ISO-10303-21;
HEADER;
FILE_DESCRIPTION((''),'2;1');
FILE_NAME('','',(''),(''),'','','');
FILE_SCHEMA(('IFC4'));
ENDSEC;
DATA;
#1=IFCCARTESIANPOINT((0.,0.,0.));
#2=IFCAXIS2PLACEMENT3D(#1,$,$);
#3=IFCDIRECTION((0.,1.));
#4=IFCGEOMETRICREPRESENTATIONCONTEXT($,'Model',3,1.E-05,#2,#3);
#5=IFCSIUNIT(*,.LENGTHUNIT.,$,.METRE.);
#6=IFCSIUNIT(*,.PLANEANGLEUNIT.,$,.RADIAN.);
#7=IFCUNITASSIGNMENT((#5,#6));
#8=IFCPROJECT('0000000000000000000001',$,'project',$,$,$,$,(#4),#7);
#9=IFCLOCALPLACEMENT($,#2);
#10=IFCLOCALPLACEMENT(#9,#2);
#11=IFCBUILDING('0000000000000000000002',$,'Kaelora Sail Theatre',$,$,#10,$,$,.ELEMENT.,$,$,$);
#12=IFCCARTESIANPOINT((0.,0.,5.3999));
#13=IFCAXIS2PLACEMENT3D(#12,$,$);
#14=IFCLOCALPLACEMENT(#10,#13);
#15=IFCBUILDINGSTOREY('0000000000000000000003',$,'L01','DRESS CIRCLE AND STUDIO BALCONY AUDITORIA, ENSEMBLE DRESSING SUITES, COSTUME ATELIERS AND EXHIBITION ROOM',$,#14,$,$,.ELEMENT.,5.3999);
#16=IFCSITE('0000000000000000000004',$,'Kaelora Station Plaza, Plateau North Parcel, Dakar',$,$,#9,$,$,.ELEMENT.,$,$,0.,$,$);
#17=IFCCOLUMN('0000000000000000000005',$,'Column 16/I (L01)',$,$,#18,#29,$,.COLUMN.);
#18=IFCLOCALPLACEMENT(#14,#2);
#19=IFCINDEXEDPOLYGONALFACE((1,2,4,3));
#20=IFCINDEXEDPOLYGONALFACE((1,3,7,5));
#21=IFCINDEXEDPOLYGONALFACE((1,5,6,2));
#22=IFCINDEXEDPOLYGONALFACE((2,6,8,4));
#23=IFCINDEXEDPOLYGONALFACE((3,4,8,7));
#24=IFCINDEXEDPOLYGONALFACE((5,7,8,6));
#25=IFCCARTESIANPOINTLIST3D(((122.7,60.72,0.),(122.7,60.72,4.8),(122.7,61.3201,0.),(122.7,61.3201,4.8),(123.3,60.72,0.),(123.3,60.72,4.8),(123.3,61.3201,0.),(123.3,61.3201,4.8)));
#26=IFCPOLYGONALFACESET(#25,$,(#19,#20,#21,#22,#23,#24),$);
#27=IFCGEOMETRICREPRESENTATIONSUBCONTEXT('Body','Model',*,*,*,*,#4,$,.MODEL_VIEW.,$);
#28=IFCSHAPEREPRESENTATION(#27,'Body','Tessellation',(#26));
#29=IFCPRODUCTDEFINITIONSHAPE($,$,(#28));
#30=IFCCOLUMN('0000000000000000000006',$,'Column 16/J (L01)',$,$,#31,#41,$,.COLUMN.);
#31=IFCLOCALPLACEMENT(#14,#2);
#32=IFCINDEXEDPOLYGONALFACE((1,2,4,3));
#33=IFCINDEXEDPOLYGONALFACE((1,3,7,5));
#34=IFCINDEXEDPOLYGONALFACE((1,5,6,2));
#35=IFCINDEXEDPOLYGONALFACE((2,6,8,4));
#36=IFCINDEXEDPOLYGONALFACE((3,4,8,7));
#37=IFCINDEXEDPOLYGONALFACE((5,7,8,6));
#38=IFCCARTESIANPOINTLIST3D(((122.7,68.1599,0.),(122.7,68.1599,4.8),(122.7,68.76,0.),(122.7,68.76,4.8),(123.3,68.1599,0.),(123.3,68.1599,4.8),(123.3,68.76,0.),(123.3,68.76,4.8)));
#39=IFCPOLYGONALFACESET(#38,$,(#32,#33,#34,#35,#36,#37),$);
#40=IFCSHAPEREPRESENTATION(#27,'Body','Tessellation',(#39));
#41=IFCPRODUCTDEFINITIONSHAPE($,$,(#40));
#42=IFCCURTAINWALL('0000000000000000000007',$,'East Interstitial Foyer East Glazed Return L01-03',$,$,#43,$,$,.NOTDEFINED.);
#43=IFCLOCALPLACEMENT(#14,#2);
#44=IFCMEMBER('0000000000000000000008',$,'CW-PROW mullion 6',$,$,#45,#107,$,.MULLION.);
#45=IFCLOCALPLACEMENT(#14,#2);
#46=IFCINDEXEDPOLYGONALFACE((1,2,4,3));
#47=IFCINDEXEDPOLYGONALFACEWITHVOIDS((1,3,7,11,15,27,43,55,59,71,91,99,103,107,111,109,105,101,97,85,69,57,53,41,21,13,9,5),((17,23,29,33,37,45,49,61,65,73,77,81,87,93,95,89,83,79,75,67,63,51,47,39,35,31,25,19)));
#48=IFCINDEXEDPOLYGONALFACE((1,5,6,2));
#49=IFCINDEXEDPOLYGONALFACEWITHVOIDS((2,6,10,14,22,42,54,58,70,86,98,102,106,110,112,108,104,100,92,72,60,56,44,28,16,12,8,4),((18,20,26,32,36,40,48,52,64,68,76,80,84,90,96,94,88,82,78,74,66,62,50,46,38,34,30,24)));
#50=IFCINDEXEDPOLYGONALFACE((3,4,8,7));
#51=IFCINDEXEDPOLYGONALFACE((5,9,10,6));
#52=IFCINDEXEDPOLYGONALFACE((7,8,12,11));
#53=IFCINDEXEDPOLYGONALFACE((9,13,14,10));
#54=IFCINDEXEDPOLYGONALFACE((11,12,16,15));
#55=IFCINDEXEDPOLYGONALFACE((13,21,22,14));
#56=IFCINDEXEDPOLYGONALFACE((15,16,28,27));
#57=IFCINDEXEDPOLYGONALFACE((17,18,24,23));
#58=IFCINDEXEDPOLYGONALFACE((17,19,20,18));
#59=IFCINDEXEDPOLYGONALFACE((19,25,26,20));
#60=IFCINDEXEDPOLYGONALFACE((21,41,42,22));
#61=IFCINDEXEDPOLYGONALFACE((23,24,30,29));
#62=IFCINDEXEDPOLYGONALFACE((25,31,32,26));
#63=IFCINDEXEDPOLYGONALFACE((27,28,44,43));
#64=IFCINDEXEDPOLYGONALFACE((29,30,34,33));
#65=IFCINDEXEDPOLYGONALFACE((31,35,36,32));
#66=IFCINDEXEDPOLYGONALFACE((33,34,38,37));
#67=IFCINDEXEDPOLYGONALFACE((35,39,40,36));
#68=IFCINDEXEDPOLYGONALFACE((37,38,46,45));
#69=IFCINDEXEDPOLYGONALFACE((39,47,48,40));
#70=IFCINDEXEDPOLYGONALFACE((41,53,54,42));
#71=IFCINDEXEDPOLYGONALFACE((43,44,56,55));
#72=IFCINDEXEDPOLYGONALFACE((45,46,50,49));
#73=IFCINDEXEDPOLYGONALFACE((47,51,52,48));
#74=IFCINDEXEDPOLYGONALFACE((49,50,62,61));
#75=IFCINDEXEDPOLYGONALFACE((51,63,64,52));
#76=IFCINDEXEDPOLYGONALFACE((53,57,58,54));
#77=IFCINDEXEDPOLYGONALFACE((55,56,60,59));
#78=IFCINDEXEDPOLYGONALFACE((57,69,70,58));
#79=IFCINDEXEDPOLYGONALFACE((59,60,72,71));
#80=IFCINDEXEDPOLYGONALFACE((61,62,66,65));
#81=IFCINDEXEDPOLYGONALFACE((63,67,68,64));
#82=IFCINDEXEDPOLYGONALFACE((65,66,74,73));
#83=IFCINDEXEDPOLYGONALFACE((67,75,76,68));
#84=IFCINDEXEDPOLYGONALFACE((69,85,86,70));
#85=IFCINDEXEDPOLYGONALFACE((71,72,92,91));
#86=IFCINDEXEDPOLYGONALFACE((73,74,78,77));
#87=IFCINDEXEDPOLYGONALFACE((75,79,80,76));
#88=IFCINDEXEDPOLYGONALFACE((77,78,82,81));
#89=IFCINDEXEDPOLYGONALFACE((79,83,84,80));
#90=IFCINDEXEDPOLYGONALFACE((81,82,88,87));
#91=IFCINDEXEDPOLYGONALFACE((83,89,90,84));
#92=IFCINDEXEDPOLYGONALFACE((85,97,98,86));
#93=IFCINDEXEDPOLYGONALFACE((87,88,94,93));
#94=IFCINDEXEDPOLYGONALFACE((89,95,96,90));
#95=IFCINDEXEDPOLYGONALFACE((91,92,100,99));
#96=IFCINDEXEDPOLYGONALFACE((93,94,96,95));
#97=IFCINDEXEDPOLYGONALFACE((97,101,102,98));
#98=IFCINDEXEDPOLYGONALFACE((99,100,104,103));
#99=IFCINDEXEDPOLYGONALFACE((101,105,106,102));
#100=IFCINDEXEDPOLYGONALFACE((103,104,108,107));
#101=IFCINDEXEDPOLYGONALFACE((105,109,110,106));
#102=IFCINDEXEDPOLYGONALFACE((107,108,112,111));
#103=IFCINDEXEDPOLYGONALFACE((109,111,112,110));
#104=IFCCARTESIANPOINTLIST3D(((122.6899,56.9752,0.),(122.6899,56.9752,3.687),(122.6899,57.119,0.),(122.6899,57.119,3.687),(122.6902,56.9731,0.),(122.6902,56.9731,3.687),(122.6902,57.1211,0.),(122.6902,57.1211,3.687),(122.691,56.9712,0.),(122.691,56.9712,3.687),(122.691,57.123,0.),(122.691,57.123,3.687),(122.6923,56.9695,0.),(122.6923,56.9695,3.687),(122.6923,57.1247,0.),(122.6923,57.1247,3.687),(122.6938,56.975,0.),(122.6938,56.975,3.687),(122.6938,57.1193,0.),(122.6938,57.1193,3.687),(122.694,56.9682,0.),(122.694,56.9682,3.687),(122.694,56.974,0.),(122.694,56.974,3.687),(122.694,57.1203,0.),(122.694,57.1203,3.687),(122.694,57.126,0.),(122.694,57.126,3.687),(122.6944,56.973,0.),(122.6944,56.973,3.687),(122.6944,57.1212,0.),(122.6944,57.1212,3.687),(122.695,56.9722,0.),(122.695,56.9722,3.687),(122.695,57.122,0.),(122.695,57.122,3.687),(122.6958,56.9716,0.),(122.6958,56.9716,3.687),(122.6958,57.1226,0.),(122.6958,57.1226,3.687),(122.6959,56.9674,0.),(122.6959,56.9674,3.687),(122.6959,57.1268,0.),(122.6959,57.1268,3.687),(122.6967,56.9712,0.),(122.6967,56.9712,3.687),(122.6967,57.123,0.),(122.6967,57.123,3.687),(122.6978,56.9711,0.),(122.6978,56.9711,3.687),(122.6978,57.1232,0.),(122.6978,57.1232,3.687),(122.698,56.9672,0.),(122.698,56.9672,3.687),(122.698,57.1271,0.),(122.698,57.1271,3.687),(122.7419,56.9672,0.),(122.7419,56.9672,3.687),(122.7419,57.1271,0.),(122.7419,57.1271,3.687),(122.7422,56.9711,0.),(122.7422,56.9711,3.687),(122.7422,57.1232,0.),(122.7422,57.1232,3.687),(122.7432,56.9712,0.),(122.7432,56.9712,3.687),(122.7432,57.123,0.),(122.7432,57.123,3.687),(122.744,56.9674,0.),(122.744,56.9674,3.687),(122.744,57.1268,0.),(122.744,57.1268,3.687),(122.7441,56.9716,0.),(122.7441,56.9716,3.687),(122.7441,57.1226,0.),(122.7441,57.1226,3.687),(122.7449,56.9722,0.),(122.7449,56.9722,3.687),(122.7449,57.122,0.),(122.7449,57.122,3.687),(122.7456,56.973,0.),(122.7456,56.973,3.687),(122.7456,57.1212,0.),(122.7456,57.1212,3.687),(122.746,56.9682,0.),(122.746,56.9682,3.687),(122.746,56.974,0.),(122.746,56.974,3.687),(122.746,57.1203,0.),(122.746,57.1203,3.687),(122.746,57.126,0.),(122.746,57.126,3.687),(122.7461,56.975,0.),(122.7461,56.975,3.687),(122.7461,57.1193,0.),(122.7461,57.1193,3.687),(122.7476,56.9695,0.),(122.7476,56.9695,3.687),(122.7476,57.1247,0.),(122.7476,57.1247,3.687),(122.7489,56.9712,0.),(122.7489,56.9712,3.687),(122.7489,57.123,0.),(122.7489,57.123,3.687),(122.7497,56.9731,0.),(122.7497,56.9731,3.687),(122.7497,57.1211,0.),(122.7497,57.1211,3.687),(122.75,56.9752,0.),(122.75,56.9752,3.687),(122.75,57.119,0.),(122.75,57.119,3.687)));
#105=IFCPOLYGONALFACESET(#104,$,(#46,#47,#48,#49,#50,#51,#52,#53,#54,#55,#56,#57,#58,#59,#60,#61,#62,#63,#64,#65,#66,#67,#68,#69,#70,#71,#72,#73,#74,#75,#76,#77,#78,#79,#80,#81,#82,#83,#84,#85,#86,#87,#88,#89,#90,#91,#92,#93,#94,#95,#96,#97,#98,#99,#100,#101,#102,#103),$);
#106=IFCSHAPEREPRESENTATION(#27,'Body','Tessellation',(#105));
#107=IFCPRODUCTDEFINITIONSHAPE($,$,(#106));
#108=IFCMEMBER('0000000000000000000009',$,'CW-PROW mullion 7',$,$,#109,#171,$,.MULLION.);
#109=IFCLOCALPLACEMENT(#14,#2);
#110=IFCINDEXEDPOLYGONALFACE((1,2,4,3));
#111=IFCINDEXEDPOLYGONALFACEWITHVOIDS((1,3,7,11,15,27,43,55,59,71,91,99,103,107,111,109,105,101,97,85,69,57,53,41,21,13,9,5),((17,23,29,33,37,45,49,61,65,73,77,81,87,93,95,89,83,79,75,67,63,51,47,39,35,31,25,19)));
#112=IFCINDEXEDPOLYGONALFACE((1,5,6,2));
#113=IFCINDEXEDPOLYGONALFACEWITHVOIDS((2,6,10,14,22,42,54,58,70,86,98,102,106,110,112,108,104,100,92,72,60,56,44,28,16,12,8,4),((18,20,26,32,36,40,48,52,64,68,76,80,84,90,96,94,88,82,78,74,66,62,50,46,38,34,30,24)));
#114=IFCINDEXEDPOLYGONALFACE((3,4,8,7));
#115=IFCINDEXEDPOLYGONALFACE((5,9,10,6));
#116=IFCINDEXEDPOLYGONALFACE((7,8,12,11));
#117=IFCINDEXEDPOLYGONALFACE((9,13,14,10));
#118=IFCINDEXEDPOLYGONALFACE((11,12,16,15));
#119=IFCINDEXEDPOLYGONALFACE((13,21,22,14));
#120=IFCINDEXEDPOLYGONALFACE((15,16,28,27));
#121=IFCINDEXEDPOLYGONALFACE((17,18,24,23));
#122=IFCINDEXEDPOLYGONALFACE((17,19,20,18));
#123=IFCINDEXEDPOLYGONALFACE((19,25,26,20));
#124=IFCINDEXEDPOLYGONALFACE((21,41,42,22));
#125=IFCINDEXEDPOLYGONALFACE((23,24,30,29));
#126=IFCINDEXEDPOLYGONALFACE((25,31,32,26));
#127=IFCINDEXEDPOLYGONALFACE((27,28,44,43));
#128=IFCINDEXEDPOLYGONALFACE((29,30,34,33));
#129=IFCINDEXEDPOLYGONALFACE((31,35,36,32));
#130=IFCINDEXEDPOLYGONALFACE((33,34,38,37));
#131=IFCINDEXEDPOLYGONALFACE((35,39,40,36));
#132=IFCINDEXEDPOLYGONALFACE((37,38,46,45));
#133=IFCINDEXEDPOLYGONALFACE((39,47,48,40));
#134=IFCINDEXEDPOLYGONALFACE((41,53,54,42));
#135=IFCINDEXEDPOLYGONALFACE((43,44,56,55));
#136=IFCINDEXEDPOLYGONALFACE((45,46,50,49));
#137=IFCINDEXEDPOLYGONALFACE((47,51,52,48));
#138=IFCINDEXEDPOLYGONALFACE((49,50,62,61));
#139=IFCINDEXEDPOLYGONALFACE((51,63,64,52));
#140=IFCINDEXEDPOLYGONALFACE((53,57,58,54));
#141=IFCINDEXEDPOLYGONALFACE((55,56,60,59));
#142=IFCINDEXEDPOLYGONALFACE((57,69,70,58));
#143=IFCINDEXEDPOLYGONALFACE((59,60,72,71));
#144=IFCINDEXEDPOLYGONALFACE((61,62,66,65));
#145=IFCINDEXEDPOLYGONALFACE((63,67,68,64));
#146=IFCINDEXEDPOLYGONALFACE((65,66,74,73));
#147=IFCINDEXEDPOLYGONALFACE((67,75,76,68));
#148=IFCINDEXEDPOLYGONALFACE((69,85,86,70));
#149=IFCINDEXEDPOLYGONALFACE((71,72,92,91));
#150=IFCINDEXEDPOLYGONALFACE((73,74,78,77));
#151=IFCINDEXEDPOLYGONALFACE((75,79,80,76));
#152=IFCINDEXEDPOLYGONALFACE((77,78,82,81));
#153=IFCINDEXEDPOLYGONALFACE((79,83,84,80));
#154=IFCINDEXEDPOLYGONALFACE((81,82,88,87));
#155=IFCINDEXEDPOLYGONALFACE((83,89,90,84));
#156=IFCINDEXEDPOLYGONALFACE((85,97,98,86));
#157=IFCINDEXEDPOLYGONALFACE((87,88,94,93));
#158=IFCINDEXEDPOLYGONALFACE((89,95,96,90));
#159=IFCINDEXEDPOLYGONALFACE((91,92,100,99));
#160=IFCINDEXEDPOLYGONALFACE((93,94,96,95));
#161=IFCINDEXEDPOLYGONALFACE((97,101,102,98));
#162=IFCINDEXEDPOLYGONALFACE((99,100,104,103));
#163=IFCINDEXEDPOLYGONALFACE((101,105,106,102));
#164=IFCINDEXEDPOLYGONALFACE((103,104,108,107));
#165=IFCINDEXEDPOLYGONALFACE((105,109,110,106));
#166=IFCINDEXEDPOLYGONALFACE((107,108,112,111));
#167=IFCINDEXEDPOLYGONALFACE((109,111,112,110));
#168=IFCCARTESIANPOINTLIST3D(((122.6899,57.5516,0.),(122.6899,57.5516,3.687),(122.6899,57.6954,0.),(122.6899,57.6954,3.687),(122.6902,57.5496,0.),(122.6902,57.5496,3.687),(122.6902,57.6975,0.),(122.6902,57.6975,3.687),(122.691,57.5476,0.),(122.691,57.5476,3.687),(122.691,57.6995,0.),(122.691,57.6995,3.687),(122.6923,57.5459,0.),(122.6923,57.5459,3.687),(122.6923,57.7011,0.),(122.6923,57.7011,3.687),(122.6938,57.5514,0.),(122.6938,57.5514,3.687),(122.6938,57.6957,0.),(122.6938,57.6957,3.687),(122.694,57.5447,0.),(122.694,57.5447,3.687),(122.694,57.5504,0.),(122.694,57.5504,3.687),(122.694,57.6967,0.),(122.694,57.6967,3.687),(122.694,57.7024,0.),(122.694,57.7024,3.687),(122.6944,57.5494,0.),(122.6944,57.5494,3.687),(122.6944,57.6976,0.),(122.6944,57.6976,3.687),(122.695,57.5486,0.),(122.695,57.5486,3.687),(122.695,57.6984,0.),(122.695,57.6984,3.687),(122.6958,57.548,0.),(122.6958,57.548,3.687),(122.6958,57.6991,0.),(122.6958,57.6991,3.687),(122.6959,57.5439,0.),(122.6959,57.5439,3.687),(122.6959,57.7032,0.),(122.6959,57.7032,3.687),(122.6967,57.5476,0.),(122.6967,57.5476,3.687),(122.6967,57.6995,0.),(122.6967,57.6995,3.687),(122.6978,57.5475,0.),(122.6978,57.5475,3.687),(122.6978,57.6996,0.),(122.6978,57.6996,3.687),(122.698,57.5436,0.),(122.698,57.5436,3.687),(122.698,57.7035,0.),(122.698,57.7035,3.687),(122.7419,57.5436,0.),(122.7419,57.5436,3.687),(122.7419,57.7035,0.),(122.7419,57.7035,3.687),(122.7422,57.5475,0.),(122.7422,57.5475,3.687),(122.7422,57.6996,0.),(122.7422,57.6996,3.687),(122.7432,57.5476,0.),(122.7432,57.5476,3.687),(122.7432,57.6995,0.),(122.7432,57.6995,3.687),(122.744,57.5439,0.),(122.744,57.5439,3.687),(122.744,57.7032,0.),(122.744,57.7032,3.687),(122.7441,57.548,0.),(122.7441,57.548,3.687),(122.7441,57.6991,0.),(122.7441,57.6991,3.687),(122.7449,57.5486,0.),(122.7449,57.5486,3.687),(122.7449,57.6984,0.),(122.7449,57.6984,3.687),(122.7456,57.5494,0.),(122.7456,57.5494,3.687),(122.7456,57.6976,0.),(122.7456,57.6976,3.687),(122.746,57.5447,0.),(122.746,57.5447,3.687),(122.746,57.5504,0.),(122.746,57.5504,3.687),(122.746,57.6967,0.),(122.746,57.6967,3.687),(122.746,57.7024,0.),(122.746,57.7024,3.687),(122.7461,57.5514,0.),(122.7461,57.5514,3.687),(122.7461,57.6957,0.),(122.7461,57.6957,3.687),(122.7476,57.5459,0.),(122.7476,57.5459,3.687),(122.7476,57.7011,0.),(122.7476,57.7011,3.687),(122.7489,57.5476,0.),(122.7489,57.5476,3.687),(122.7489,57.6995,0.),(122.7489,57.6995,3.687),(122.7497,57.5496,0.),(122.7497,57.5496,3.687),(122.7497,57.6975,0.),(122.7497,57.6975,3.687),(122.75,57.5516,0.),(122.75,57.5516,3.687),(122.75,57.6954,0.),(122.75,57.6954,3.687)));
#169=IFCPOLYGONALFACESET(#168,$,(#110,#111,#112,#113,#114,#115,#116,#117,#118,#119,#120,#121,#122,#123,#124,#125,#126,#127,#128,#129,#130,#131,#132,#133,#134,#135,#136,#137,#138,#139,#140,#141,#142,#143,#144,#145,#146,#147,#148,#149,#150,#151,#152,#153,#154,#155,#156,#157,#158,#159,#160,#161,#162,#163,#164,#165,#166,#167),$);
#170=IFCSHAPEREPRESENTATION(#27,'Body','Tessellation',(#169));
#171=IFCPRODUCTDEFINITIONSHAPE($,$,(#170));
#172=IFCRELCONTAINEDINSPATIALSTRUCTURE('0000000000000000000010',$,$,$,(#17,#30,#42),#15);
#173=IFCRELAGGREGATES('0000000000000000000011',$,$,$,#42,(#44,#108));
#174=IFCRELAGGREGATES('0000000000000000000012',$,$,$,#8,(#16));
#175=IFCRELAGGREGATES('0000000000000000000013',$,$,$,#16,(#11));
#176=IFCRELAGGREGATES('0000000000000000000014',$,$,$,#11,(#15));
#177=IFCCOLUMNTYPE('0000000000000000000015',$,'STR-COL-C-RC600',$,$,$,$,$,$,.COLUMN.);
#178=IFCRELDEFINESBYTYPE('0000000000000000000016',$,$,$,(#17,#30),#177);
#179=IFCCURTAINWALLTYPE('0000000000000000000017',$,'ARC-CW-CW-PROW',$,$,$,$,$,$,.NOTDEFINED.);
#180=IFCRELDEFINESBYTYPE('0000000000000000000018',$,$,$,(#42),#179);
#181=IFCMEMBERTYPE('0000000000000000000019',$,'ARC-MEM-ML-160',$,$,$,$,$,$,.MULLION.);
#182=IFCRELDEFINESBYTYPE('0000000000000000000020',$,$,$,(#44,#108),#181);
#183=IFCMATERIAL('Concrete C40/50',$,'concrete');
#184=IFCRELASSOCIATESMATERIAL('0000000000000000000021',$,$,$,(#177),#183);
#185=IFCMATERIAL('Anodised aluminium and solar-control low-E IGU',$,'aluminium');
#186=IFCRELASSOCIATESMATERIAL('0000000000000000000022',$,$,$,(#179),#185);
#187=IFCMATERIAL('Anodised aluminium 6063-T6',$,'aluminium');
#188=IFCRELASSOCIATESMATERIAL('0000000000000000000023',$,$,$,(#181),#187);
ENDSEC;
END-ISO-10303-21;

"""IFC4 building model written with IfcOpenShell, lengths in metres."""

from ifc_helpers import new_model, si_unit, direction, frame, origin, origin_2d, place, context, subcontext, project, spatial, rectangle, hollow_rectangle, extrude, material, material_profile, profile_set, type_object, element, aggregate, save


model = new_model("IFC4")

# Units and contexts
model_context = context("Model", 3, precision=1e-05, world=origin(), true_north=direction((0.0, 1.0)))
body_context = subcontext(model_context, "Body", "Model", "MODEL_VIEW")
ifc_project = project(units=[si_unit("LENGTHUNIT", "METRE"), si_unit("PLANEANGLEUNIT", "RADIAN")], contexts=[model_context])

# Site, building, storey
site_placement = place(None, origin())
site = spatial("IfcSite", under=ifc_project, at=site_placement, Name="Kaelora Station Plaza, Plateau North Parcel, Dakar", CompositionType="ELEMENT", RefElevation=0.0)
building_placement = place(site_placement, origin())
building = spatial("IfcBuilding", under=site, at=building_placement, Name="Kaelora Sail Theatre", CompositionType="ELEMENT")
storey_placement = place(building_placement, frame((0.0, 0.0, 5.3999)))
storey = spatial("IfcBuildingStorey", under=building, at=storey_placement, Name="L01", Description="DRESS CIRCLE AND STUDIO BALCONY AUDITORIA, ENSEMBLE DRESSING SUITES, COSTUME ATELIERS AND EXHIBITION ROOM", CompositionType="ELEMENT", Elevation=5.3999)

# Columns
ifc_material_1 = material(Name="Concrete C40/50", Category="concrete")
ifc_material_profile_1 = material_profile(ifc_material_1, rectangle(XDim=0.6001, YDim=0.6001, at=origin_2d()), Name="RC-COL 600x600")
ifc_profile_set_1 = profile_set([ifc_material_profile_1], Name="Concrete C40/50")
column_type = type_object("IfcColumnType", Name="STR-COL-C-RC600", PredefinedType="COLUMN", material=ifc_profile_set_1)
for number, where, z_axis, x_axis, name in (
    (1, (123.0, 61.02, 0.0), (0.0, 0.0, 1.0), (1.0, 0.0, 0.0), "Column 16/I (L01)"),
    (2, (123.0, 68.46, 0.0), (0.0, 0.0, 1.0), (1.0, 0.0, 0.0), "Column 16/J (L01)"),
):
    element("IfcColumn", number, at=place(storey_placement, frame(where, z_axis=z_axis, x_axis=x_axis)), inside=storey, type_object=column_type, Name=name, PredefinedType="COLUMN", context=body_context, shape_type="SweptSolid", body=[
        extrude(rectangle(XDim=0.6001, YDim=0.6001, at=origin_2d()), origin(), (0.0, 0.0, 1.0), 4.8),
    ])

# Curtain wall, members
ifc_material_2 = material(Name="Anodised aluminium and solar-control low-E IGU", Category="aluminium")
curtain_wall_type = type_object("IfcCurtainWallType", Name="ARC-CW-CW-PROW", PredefinedType="NOTDEFINED", material=ifc_material_2)
curtain_wall_placement = place(storey_placement, origin())
curtain_wall = element("IfcCurtainWall", 3, at=curtain_wall_placement, inside=storey, type_object=curtain_wall_type, Name="East Interstitial Foyer East Glazed Return L01-03", PredefinedType="NOTDEFINED")
ifc_material_3 = material(Name="Anodised aluminium 6063-T6", Category="aluminium")
ifc_material_profile_2 = material_profile(ifc_material_3, hollow_rectangle(XDim=0.0601, YDim=0.1599, WallThickness=0.0039, InnerFilletRadius=0.0039, OuterFilletRadius=0.0081, at=origin_2d()), Name="ALU-MULL 60x160x4")
ifc_profile_set_2 = profile_set([ifc_material_profile_2], Name="Anodised aluminium 6063-T6")
member_type_1 = type_object("IfcMemberType", Name="ARC-MEM-ML-160", PredefinedType="MULLION", material=ifc_profile_set_2)
member_1_placement = place(storey_placement, frame((122.72, 57.0471, 0.0), z_axis=(0.0, 0.0, 1.0), x_axis=(-1.0, 0.0, 0.0)))
member_1 = element("IfcMember", 4, at=member_1_placement, type_object=member_type_1, Name="CW-PROW mullion 6", PredefinedType="MULLION", context=body_context, shape_type="SweptSolid", body=[
    extrude(hollow_rectangle(XDim=0.0601, YDim=0.1599, WallThickness=0.0039, InnerFilletRadius=0.0039, OuterFilletRadius=0.0081, at=origin_2d()), origin(), (0.0, 0.0, 1.0), 3.687),
])
member_2_placement = place(storey_placement, frame((122.72, 57.6235, 0.0), z_axis=(0.0, 0.0, 1.0), x_axis=(-1.0, 0.0, 0.0)))
member_2 = element("IfcMember", 5, at=member_2_placement, type_object=member_type_1, Name="CW-PROW mullion 7", PredefinedType="MULLION", context=body_context, shape_type="SweptSolid", body=[
    extrude(hollow_rectangle(XDim=0.0601, YDim=0.1599, WallThickness=0.0039, InnerFilletRadius=0.0039, OuterFilletRadius=0.0081, at=origin_2d()), origin(), (0.0, 0.0, 1.0), 3.687),
])

aggregate(curtain_wall, [member_1, member_2])

save(model, "model.ifc")
